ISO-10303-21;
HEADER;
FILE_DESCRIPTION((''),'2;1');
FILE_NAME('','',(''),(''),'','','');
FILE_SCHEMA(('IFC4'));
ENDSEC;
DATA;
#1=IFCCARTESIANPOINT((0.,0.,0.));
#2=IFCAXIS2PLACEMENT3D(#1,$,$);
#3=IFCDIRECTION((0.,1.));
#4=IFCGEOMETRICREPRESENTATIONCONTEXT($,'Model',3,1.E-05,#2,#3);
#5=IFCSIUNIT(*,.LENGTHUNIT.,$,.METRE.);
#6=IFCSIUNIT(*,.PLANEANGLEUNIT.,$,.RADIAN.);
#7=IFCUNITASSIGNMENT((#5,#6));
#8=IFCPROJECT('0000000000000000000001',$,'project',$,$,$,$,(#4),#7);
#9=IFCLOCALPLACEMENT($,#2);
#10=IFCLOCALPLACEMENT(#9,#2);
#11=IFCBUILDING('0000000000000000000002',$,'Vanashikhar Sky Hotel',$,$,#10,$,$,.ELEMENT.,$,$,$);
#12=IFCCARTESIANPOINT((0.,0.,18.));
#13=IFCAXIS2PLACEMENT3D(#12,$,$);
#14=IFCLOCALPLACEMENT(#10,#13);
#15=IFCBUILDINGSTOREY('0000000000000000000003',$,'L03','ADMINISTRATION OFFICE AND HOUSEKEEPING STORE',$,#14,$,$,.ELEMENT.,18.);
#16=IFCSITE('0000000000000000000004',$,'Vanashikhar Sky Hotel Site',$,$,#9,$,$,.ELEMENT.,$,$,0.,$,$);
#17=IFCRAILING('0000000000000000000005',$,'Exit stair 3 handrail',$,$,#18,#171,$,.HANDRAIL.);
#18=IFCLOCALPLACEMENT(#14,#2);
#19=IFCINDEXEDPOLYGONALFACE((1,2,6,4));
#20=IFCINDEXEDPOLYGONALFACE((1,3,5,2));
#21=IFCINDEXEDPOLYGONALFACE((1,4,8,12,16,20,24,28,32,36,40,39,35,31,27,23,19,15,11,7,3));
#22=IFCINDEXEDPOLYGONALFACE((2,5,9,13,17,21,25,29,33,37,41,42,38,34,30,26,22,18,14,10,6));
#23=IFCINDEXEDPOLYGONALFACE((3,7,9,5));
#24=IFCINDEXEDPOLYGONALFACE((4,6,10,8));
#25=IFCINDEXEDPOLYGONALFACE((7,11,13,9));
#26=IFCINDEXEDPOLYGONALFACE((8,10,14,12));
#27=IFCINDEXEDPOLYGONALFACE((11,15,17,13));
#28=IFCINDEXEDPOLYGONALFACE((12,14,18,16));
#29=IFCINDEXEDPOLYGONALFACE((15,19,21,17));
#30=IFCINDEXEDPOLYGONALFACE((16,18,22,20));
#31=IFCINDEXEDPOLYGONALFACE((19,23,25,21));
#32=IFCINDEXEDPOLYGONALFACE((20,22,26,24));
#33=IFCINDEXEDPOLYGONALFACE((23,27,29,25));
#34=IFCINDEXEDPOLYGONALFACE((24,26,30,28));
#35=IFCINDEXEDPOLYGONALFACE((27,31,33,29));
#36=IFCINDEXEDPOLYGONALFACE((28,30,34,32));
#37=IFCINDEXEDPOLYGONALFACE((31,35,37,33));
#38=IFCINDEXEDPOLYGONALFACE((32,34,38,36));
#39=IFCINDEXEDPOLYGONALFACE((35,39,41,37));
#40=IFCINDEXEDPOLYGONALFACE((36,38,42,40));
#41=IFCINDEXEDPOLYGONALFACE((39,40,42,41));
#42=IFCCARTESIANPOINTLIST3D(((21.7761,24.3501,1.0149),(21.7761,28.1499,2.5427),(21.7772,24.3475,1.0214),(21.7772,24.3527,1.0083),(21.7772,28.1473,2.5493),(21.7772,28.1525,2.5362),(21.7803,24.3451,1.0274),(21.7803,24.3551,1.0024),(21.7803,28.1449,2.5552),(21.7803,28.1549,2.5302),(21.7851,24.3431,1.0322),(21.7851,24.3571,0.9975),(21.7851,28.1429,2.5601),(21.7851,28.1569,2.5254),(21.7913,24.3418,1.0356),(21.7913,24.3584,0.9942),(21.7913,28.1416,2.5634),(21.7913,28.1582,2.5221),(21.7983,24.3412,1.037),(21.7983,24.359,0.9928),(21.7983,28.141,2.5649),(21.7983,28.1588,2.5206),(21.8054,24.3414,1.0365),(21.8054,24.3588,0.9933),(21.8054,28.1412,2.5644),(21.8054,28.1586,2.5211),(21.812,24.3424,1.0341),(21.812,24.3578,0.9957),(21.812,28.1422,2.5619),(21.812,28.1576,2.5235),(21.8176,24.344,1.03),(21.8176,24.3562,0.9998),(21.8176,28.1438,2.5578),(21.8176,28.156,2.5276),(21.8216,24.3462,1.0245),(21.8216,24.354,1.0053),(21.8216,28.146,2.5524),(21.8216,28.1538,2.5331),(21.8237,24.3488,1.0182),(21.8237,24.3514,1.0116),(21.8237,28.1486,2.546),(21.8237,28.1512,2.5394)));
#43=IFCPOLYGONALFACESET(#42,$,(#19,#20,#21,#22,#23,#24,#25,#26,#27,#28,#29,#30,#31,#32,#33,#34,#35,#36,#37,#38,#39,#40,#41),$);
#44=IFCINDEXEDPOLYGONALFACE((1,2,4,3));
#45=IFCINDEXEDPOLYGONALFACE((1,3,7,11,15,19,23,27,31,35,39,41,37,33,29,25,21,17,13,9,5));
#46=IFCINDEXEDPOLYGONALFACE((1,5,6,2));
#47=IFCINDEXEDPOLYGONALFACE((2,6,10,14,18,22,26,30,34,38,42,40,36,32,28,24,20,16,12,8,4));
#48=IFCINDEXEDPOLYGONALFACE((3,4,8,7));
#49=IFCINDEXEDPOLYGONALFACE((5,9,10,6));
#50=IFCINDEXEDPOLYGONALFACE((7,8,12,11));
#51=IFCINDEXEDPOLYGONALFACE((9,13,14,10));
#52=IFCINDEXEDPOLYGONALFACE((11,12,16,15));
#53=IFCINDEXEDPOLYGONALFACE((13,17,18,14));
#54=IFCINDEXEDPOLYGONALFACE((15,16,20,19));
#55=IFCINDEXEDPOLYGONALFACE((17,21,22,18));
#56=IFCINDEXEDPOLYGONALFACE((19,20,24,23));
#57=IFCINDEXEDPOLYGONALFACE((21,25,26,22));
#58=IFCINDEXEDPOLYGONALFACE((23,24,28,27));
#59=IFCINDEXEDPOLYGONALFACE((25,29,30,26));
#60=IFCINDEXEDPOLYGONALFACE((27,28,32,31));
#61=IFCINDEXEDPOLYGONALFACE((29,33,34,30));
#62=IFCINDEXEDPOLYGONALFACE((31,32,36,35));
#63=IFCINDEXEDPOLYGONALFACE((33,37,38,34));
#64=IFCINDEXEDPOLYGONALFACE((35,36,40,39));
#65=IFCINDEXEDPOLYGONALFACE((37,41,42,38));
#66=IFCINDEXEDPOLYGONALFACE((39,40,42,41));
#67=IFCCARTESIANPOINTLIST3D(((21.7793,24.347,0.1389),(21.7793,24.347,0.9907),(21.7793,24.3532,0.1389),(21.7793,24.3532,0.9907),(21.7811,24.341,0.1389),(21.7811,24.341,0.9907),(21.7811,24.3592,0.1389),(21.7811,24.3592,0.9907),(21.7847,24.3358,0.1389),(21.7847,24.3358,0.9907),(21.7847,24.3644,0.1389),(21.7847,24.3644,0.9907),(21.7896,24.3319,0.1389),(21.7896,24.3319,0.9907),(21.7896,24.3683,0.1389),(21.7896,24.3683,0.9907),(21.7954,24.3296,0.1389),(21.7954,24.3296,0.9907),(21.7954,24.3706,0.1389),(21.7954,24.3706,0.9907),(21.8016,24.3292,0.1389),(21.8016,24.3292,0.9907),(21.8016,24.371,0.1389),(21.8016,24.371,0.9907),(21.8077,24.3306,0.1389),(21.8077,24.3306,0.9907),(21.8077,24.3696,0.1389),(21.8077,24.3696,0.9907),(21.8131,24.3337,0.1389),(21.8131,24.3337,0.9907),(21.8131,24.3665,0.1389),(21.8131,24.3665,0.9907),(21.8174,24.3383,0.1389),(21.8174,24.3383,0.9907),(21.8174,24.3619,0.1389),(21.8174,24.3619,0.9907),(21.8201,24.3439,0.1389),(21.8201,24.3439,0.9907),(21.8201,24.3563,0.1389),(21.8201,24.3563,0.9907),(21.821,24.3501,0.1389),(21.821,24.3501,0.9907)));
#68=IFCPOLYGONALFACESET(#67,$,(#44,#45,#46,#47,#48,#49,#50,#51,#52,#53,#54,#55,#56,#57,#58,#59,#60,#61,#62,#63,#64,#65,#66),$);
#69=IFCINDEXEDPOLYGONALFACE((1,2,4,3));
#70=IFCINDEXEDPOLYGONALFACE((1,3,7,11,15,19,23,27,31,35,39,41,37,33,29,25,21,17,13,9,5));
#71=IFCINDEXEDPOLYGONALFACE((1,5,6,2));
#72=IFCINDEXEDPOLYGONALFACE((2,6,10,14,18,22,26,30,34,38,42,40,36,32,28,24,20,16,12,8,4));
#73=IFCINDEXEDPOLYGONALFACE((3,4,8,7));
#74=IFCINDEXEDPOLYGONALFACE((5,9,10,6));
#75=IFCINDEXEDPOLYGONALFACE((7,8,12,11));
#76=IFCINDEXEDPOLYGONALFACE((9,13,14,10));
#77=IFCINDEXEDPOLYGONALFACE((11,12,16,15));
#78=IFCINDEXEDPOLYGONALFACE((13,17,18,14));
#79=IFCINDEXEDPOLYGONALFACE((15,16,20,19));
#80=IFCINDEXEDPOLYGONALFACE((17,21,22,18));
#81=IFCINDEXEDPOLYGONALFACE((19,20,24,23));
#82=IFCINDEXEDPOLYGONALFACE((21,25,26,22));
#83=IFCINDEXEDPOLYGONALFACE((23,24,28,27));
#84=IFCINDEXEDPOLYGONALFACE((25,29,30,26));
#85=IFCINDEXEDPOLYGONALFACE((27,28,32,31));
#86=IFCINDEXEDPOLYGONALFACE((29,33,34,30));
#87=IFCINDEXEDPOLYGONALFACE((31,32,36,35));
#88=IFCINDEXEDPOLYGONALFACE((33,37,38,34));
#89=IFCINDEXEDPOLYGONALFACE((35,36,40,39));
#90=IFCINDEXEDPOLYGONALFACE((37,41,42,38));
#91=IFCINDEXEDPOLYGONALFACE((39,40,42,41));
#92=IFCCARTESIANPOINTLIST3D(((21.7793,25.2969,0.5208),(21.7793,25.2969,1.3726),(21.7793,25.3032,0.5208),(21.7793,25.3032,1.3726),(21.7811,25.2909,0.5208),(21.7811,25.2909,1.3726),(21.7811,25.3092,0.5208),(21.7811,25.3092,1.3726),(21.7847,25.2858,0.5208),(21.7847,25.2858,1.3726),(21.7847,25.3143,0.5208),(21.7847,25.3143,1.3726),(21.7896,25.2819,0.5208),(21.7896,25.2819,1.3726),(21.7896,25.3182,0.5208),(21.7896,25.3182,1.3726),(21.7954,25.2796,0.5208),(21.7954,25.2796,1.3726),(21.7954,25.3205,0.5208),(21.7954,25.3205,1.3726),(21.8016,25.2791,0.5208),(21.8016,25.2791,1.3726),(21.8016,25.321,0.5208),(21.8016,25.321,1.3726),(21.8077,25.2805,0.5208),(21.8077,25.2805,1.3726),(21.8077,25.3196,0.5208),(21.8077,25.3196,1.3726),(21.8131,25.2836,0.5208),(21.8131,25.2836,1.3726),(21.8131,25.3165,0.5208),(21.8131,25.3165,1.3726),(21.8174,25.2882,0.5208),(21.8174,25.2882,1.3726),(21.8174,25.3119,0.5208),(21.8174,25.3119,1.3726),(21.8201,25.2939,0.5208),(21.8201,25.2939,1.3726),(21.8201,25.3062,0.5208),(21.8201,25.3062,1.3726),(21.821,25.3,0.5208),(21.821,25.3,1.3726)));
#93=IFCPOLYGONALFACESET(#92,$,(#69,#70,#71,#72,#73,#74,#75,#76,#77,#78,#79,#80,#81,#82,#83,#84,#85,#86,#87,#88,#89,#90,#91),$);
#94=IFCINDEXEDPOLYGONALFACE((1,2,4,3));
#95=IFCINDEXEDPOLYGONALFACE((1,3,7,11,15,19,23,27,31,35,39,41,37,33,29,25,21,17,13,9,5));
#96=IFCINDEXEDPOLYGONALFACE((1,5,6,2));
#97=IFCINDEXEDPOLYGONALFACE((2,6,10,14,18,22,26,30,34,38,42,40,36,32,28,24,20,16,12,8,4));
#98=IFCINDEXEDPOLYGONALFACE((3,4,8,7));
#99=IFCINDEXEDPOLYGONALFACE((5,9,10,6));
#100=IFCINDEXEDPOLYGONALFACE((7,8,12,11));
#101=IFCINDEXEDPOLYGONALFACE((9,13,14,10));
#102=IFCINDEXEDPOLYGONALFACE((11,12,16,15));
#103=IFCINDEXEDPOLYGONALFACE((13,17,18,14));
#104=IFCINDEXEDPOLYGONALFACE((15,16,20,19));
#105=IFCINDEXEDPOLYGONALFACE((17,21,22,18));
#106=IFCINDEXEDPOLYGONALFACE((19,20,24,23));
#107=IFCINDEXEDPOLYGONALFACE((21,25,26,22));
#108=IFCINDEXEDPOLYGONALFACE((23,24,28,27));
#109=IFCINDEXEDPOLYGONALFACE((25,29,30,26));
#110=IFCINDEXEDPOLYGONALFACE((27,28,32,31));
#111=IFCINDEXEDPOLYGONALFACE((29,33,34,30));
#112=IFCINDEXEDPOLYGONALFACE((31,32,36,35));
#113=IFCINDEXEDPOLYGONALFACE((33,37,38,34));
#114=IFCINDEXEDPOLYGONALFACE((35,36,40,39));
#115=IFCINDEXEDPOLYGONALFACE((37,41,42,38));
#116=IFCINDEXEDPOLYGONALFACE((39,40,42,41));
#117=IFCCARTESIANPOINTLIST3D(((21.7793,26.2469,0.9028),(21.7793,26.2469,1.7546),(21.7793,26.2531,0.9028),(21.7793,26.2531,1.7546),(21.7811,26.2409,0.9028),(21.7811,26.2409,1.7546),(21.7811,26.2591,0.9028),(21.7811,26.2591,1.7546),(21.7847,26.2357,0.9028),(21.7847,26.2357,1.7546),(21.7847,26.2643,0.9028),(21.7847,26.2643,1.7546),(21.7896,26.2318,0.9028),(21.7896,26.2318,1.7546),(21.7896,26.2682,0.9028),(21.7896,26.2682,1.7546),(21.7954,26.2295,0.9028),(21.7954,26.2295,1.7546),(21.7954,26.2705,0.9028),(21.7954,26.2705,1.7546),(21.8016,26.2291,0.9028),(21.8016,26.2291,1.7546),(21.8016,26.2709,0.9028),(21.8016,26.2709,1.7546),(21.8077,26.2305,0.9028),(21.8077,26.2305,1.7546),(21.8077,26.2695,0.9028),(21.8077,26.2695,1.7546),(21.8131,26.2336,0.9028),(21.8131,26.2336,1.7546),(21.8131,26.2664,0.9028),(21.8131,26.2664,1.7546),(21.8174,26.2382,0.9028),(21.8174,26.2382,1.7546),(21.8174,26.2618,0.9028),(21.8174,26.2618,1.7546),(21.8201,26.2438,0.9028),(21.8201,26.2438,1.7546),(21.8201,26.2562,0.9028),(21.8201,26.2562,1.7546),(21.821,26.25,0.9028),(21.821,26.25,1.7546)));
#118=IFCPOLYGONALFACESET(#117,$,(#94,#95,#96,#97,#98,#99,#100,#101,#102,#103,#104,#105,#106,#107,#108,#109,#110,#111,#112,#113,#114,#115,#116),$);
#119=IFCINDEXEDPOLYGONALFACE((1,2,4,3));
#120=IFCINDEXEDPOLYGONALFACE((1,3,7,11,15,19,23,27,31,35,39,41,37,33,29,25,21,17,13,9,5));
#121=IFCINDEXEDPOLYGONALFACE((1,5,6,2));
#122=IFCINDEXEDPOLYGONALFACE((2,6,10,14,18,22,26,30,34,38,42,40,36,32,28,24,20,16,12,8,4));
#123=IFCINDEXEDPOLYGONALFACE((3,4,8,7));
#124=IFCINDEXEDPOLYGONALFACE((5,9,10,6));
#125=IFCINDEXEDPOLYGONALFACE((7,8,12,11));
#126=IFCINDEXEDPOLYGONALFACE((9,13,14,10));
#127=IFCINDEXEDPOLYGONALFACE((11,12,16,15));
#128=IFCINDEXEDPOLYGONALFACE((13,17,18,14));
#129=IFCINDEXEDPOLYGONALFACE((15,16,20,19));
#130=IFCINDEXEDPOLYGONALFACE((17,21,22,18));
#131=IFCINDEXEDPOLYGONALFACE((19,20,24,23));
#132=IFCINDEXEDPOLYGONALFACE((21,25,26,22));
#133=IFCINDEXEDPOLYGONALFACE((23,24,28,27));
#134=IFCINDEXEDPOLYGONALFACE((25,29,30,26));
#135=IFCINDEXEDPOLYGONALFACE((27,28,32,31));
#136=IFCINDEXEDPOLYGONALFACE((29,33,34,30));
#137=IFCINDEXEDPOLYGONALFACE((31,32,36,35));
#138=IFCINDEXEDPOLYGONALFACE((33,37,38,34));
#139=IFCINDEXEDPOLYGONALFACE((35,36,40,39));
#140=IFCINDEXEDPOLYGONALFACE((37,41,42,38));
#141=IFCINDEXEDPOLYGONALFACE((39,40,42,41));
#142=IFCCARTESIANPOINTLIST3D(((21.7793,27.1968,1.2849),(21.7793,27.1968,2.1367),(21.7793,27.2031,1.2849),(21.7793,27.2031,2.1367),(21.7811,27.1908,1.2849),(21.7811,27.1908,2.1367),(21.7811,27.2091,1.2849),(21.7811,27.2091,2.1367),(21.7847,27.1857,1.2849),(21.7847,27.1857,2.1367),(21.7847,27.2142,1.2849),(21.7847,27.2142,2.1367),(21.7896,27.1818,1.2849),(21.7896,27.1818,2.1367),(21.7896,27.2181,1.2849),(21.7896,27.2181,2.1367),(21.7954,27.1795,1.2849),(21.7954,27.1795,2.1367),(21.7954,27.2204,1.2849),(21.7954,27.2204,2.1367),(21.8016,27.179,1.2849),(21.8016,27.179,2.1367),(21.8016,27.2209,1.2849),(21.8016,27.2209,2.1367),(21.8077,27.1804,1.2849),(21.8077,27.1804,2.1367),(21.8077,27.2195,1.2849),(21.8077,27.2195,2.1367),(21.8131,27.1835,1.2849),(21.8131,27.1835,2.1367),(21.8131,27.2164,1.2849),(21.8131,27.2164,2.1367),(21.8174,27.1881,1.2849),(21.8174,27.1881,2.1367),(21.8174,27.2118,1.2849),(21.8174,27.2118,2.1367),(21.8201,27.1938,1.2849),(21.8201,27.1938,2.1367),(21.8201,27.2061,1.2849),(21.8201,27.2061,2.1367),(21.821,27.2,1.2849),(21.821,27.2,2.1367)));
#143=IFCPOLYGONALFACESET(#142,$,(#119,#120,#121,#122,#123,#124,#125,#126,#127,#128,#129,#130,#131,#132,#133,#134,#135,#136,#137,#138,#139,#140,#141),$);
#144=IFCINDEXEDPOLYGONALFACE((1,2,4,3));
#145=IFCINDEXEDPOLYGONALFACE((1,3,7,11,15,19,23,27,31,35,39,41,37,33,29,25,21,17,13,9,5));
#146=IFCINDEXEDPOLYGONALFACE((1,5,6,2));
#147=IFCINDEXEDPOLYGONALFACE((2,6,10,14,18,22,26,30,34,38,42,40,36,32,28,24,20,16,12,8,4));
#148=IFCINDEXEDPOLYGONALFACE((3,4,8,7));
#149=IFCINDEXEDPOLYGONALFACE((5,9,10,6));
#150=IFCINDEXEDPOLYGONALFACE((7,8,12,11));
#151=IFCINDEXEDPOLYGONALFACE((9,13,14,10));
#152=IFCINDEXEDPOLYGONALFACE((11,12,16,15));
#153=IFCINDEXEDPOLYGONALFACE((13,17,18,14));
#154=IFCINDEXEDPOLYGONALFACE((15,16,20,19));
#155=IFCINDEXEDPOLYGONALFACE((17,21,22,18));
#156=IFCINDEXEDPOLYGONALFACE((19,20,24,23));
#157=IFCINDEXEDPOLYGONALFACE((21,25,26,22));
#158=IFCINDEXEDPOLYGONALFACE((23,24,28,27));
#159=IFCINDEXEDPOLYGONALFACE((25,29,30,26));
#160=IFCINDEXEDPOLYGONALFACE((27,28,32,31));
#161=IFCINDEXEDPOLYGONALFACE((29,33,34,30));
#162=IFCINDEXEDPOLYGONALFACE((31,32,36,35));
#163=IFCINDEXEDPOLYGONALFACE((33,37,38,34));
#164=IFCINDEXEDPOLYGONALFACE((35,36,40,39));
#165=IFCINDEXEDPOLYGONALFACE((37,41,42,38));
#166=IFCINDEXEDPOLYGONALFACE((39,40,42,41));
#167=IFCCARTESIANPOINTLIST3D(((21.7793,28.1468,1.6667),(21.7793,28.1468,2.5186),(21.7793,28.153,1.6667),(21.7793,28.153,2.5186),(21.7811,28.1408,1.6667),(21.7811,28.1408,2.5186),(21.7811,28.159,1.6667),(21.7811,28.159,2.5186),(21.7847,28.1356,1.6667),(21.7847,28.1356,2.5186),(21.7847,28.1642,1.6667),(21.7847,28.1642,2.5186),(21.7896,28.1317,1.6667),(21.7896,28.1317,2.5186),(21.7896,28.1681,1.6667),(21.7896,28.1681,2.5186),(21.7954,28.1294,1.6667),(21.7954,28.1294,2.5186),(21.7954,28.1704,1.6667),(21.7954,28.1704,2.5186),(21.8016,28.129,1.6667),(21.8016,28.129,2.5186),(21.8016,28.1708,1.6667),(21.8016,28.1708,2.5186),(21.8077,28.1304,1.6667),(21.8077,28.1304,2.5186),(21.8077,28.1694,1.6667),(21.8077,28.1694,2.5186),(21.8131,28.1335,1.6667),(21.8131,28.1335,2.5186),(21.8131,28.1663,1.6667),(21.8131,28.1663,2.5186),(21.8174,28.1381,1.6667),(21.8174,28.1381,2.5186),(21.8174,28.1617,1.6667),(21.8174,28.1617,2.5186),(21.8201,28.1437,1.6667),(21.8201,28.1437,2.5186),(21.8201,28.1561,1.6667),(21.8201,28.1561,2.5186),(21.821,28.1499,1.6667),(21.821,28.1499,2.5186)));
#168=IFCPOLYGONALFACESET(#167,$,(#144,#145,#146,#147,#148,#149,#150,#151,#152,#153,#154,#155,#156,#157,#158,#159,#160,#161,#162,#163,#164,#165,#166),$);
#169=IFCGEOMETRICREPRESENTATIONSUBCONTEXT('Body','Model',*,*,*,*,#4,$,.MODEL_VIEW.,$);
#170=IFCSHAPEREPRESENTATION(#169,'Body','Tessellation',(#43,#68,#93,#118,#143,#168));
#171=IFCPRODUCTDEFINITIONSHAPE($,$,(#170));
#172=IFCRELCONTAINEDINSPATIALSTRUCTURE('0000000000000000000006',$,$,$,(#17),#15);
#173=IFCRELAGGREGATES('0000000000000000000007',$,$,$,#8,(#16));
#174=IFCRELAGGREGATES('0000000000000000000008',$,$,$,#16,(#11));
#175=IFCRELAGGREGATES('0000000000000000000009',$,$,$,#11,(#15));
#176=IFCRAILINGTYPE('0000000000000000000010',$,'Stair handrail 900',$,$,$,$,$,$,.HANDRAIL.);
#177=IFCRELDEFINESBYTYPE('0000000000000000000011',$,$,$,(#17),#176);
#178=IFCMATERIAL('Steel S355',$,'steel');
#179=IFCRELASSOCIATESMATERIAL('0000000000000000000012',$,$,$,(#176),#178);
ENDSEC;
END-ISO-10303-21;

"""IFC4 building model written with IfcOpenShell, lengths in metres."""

from ifc_helpers import new_model, si_unit, direction, frame, origin, origin_2d, place, context, subcontext, project, spatial, circle, extrude, source, transform, mapped, material, type_object, element, save


model = new_model("IFC4")

# Units and contexts
model_context = context("Model", 3, precision=1e-05, world=origin(), true_north=direction((0.0, 1.0)))
body_context = subcontext(model_context, "Body", "Model", "MODEL_VIEW")
ifc_project = project(units=[si_unit("LENGTHUNIT", "METRE"), si_unit("PLANEANGLEUNIT", "RADIAN")], contexts=[model_context])

# Site, building, storey
site_placement = place(None, origin())
site = spatial("IfcSite", under=ifc_project, at=site_placement, Name="Vanashikhar Sky Hotel Site", CompositionType="ELEMENT", RefElevation=0.0)
building_placement = place(site_placement, origin())
building = spatial("IfcBuilding", under=site, at=building_placement, Name="Vanashikhar Sky Hotel", CompositionType="ELEMENT")
storey_placement = place(building_placement, frame((0.0, 0.0, 18.0)))
storey = spatial("IfcBuildingStorey", under=building, at=storey_placement, Name="L03", Description="ADMINISTRATION OFFICE AND HOUSEKEEPING STORE", CompositionType="ELEMENT", Elevation=18.0)

# Railing
ifc_material_1 = material(Name="Steel S355", Category="steel")
railing_type_1 = type_object("IfcRailingType", Name="Stair handrail 900", PredefinedType="HANDRAIL", material=ifc_material_1)
shared_shape_1 = source(origin(), body_context, "Body", "SweptSolid", [
    extrude(circle(Radius=0.0239, at=origin_2d()), frame((0.0, 0.0, 0.876), z_axis=(0.0, 0.927809, 0.373055), x_axis=(-1.0, 0.0, 0.0)), (0.0, 0.0, 1.0), 4.0955),
    extrude(circle(Radius=0.021, at=origin_2d()), origin(), (0.0, 0.0, 1.0), 0.8518),
    extrude(circle(Radius=0.021, at=origin_2d()), frame((0.0, 0.95, 0.3818)), (0.0, 0.0, 1.0), 0.8518),
    extrude(circle(Radius=0.021, at=origin_2d()), frame((0.0, 1.8999, 0.7639)), (0.0, 0.0, 1.0), 0.8518),
    extrude(circle(Radius=0.021, at=origin_2d()), frame((0.0, 2.8499, 1.146)), (0.0, 0.0, 1.0), 0.8518),
    extrude(circle(Radius=0.021, at=origin_2d()), frame((0.0, 3.7998, 1.5278)), (0.0, 0.0, 1.0), 0.8518),
])
for number, where, name in (
    (1, (21.8, 24.3501, 0.1389), "Exit stair 3 handrail"),
):
    element("IfcRailing", number, at=place(storey_placement, frame(where)), inside=storey, type_object=railing_type_1, Name=name, PredefinedType="HANDRAIL", context=body_context, shape_type="MappedRepresentation", body=[
        mapped(shared_shape_1, transform((0.0, 0.0, 0.0), scale=1.0)),
    ])

save(model, "model.ifc")
